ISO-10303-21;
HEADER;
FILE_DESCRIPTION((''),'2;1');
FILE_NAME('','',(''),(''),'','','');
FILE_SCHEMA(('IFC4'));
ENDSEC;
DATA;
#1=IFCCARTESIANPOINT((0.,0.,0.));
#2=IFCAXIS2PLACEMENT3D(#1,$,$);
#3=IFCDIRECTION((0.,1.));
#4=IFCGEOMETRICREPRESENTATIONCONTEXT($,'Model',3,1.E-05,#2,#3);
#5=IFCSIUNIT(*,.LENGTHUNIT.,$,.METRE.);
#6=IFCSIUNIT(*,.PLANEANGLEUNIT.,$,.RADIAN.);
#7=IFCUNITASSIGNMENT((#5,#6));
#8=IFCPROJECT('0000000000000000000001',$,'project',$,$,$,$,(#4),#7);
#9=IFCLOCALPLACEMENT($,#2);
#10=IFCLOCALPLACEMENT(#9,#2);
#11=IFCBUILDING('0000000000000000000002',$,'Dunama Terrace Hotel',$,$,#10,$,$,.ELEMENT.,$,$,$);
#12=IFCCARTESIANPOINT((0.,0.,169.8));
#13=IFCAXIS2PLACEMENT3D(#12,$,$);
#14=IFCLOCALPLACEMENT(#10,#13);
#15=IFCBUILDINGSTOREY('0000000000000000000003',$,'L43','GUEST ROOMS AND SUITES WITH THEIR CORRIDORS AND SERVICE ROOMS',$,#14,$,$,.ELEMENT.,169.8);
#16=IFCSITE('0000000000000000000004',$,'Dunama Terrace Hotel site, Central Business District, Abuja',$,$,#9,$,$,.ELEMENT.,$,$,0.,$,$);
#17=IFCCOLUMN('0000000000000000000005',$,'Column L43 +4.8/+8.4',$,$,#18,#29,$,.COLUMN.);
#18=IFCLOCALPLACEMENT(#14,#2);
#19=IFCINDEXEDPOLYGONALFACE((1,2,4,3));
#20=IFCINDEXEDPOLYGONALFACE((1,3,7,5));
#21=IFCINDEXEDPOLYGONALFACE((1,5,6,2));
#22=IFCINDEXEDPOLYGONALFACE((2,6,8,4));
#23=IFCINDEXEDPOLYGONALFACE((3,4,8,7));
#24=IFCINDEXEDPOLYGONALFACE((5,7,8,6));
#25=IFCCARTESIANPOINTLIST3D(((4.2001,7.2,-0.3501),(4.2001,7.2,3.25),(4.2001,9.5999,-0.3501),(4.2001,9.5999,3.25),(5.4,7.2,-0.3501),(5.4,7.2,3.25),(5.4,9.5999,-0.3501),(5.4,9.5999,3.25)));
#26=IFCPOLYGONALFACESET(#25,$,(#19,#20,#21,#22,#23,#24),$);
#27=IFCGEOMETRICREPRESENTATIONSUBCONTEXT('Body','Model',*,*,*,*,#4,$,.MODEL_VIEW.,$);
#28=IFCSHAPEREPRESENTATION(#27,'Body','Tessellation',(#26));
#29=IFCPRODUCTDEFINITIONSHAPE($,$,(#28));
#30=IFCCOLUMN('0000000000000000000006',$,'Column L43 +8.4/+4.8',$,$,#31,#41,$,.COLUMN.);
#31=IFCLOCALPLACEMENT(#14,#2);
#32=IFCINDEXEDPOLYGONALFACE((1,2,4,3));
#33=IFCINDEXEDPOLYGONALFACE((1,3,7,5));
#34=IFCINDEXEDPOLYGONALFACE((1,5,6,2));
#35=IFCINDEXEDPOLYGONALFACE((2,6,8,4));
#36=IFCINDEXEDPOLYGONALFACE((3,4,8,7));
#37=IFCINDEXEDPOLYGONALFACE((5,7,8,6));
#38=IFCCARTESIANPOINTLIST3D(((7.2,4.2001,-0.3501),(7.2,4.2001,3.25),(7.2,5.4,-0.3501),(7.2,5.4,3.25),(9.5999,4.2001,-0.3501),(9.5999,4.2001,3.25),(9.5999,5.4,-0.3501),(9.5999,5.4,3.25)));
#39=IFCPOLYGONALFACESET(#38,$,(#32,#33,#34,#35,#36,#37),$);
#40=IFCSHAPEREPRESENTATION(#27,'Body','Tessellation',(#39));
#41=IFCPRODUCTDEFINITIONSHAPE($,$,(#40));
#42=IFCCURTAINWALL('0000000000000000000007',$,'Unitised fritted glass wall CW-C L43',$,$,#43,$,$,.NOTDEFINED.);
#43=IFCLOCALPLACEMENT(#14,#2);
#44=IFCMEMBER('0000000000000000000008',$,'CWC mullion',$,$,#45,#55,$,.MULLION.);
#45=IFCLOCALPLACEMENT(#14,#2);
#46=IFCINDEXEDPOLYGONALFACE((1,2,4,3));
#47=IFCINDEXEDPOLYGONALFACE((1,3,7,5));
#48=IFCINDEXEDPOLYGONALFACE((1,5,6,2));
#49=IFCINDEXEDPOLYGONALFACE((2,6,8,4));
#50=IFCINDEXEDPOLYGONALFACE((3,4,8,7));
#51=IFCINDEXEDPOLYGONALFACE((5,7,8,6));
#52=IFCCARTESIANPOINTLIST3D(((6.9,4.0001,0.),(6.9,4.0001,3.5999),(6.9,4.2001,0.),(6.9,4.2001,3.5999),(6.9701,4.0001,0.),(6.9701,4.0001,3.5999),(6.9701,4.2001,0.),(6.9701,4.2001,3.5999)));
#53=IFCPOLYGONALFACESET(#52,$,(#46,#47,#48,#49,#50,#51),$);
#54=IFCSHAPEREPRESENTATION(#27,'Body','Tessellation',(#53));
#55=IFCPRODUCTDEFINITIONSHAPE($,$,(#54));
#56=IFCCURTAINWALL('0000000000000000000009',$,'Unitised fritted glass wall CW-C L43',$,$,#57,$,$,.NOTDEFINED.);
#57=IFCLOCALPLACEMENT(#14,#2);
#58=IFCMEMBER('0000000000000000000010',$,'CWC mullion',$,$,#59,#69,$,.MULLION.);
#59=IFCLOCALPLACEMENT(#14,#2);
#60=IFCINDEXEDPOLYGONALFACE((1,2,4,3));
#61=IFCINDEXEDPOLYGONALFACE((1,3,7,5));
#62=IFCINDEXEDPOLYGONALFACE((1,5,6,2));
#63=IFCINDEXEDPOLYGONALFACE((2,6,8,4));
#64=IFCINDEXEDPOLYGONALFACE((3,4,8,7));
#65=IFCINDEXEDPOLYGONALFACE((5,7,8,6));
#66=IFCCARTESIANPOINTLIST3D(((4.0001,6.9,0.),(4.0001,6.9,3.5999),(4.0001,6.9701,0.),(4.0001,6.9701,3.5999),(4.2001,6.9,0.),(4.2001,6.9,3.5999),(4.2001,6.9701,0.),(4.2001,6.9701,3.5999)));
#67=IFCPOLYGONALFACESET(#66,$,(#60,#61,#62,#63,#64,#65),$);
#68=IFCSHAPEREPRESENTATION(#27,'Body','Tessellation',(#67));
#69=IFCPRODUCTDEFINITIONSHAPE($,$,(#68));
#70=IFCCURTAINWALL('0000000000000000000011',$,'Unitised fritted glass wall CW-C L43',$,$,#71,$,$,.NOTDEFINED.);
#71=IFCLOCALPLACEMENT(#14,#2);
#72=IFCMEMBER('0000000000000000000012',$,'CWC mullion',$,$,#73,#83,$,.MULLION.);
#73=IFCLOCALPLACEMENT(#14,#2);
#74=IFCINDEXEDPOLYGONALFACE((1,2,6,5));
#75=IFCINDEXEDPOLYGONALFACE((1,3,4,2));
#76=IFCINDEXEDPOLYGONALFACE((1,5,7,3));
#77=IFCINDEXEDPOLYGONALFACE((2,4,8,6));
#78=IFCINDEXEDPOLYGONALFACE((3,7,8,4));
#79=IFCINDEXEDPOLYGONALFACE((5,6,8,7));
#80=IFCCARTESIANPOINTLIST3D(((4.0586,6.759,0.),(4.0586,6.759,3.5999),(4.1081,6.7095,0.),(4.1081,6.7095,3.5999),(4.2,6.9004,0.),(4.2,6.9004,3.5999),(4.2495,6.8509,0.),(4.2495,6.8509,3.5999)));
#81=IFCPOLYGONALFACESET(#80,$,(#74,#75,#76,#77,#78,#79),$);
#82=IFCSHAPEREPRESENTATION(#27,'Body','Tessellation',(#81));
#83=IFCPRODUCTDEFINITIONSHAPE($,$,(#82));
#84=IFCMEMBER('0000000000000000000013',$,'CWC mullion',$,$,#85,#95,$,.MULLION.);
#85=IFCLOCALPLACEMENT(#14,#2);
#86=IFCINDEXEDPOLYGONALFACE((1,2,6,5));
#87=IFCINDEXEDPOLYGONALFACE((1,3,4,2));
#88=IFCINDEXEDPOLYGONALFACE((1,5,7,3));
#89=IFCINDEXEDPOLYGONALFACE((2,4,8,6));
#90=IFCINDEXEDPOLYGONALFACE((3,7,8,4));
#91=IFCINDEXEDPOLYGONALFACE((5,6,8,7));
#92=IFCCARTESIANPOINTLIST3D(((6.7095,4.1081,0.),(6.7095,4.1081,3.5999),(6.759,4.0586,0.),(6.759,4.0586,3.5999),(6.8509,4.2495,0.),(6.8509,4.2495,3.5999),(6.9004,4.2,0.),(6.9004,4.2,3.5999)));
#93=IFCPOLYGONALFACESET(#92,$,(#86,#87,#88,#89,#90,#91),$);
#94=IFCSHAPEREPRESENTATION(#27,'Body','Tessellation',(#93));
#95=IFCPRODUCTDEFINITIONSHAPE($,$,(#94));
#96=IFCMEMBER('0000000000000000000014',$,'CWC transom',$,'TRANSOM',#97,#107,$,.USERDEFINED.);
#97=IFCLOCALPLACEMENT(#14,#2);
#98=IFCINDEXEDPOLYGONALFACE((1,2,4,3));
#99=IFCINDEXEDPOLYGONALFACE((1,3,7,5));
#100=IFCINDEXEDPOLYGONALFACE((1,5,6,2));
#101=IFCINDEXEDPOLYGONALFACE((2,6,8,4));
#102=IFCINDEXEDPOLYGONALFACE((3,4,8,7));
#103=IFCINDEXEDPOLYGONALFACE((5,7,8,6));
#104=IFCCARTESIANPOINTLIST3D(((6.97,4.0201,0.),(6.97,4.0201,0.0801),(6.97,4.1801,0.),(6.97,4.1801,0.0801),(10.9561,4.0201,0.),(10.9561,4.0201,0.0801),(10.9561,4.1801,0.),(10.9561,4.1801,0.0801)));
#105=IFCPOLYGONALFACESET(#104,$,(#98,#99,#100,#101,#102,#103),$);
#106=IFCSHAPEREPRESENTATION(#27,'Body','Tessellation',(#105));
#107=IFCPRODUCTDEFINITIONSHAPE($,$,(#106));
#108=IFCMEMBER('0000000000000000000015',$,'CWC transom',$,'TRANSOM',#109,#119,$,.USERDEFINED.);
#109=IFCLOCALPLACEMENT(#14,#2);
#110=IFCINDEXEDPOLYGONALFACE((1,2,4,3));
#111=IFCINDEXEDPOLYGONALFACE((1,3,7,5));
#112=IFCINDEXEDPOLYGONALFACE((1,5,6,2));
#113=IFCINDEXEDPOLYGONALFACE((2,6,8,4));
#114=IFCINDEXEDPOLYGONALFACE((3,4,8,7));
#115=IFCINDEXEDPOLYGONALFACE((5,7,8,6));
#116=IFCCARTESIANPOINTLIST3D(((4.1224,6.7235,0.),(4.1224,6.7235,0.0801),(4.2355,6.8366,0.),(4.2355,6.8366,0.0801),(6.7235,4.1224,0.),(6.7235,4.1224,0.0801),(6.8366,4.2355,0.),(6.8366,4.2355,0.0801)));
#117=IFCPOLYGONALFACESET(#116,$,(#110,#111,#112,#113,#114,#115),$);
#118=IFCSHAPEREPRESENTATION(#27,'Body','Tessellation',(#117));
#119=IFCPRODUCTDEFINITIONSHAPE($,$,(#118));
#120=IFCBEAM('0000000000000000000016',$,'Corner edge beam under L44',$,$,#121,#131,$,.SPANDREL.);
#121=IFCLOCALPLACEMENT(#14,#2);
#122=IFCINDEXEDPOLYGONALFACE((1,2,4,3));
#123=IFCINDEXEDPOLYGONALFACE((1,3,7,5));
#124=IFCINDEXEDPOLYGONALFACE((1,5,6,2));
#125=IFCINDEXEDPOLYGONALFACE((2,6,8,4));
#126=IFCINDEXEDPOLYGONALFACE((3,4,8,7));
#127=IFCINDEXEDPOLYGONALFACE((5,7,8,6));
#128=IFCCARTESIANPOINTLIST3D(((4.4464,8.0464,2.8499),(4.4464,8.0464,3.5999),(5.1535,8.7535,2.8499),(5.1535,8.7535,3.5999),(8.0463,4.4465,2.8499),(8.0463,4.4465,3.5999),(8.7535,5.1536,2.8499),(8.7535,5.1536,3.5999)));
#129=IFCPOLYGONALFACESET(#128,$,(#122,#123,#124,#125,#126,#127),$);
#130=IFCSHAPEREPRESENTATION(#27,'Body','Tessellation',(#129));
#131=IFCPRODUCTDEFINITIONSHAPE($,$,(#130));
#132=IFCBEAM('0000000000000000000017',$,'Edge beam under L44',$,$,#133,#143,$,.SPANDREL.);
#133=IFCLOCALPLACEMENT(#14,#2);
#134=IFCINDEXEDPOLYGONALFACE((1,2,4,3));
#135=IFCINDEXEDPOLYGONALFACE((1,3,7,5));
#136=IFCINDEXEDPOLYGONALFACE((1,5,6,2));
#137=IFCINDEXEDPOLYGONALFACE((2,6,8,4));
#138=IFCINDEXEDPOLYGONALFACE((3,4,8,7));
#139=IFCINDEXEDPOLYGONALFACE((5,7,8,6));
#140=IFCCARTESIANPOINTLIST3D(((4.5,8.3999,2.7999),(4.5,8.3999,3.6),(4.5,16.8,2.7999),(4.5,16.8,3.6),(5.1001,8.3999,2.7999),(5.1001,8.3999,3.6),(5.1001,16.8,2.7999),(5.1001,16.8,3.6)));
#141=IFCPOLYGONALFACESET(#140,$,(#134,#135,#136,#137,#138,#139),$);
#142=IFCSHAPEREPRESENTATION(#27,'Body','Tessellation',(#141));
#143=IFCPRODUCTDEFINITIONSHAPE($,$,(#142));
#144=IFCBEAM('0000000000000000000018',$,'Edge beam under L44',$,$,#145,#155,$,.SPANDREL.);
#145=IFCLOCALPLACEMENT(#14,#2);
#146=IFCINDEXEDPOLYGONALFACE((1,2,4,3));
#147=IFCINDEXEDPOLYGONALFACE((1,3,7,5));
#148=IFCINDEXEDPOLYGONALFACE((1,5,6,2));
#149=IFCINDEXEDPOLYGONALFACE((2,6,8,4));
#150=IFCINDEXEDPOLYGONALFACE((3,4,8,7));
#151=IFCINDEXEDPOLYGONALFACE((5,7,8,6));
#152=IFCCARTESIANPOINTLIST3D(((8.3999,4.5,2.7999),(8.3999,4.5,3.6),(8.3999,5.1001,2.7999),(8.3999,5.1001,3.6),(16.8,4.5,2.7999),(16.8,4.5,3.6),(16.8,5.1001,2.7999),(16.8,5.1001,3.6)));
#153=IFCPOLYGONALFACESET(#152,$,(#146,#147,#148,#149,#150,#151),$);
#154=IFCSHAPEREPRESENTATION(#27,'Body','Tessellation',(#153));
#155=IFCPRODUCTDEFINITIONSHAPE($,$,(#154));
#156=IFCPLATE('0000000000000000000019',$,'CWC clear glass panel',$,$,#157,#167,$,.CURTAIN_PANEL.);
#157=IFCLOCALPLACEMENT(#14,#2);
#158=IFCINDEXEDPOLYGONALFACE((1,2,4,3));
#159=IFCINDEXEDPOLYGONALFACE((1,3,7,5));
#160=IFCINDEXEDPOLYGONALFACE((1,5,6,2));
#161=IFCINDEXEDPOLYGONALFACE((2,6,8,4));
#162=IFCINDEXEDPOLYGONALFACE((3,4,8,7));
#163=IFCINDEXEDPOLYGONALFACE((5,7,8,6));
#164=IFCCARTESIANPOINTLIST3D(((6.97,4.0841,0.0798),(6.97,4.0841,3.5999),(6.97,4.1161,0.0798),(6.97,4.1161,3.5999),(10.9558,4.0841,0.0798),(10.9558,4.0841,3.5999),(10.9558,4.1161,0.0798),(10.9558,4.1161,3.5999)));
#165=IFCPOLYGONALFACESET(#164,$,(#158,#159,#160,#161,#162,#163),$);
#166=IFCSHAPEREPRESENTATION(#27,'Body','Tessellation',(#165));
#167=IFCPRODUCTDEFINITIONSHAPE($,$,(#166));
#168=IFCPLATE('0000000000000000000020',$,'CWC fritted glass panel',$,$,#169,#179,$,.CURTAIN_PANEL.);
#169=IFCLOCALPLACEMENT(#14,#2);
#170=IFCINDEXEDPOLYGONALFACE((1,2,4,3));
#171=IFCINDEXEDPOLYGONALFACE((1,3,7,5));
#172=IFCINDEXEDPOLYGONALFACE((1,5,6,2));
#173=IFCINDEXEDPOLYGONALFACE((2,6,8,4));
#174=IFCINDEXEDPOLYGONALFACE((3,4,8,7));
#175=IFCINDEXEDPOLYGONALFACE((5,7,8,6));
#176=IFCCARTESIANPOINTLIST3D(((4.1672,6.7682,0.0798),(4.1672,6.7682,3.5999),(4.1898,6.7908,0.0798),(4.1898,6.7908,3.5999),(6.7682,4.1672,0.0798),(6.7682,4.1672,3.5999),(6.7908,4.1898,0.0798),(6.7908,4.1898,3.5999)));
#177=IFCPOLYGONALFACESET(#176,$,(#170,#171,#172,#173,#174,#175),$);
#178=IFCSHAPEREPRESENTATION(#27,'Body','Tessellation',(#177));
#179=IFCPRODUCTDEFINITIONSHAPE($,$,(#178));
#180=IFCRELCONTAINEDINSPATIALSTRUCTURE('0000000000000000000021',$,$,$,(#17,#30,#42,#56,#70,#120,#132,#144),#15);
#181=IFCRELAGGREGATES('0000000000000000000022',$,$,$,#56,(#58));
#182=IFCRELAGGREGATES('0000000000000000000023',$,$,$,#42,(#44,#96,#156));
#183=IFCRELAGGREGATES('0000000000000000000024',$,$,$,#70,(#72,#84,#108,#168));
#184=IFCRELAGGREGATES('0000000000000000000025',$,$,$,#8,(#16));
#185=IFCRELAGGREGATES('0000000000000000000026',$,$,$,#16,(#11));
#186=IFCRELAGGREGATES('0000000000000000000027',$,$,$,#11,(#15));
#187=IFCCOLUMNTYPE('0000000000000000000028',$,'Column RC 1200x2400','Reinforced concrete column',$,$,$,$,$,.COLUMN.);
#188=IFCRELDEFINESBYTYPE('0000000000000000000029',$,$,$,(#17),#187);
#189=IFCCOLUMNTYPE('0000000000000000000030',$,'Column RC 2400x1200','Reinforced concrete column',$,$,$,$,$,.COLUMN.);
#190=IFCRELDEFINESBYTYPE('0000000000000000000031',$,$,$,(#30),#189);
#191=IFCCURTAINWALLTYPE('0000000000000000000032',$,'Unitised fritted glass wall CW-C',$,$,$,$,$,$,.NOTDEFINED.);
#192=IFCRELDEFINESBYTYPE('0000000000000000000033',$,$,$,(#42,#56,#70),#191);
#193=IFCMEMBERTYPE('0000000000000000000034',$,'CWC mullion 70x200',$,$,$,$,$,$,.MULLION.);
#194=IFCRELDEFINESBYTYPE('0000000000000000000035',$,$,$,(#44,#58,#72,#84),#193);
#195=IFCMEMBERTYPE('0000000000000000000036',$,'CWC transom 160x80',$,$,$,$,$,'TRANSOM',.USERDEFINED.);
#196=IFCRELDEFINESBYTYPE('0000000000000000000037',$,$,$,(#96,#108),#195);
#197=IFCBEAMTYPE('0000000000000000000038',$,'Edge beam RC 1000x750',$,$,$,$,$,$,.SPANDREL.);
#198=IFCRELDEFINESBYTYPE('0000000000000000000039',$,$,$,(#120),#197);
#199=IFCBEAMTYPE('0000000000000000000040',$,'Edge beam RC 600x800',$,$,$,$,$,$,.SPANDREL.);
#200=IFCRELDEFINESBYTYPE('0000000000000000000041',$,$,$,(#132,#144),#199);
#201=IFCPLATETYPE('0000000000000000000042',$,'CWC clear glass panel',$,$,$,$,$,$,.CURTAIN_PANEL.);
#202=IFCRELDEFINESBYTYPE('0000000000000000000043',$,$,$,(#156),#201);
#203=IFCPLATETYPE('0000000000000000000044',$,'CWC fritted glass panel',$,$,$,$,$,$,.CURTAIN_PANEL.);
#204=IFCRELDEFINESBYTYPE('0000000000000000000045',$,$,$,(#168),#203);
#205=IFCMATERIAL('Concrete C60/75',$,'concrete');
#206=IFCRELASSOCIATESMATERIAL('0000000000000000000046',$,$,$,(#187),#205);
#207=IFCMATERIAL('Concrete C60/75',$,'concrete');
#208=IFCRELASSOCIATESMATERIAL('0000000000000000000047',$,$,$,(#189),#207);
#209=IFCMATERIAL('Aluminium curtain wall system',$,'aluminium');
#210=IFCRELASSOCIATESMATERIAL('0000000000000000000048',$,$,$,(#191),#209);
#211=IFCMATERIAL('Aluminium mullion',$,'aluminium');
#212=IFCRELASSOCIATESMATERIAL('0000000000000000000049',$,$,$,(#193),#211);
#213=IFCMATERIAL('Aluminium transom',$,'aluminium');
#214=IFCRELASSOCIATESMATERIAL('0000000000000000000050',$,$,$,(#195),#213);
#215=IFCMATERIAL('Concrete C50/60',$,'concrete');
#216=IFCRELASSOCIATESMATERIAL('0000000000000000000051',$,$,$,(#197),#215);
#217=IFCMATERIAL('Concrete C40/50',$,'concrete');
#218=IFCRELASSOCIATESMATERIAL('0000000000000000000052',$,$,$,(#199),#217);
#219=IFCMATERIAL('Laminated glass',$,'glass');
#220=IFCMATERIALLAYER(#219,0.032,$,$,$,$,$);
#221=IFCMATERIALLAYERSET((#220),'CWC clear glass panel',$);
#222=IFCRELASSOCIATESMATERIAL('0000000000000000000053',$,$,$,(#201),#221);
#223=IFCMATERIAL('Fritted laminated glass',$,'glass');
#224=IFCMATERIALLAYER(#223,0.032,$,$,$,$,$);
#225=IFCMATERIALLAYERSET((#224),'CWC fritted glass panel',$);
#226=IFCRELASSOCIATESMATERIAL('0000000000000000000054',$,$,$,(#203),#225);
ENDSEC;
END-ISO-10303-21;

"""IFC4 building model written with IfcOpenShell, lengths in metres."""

from ifc_helpers import new_model, si_unit, direction, frame, origin, origin_2d, place, context, subcontext, project, spatial, rectangle, extrude, material, layer, layer_set, material_profile, profile_set, type_object, element, aggregate, save


model = new_model("IFC4")

# Units and contexts
model_context = context("Model", 3, precision=1e-05, world=origin(), true_north=direction((0.0, 1.0)))
body_context = subcontext(model_context, "Body", "Model", "MODEL_VIEW")
ifc_project = project(units=[si_unit("LENGTHUNIT", "METRE"), si_unit("PLANEANGLEUNIT", "RADIAN")], contexts=[model_context])

# Site, building, storey
site_placement = place(None, origin())
site = spatial("IfcSite", under=ifc_project, at=site_placement, Name="Dunama Terrace Hotel site, Central Business District, Abuja", CompositionType="ELEMENT", RefElevation=0.0)
building_placement = place(site_placement, origin())
building = spatial("IfcBuilding", under=site, at=building_placement, Name="Dunama Terrace Hotel", CompositionType="ELEMENT")
storey_placement = place(building_placement, frame((0.0, 0.0, 169.8)))
storey = spatial("IfcBuildingStorey", under=building, at=storey_placement, Name="L43", Description="GUEST ROOMS AND SUITES WITH THEIR CORRIDORS AND SERVICE ROOMS", CompositionType="ELEMENT", Elevation=169.8)

# Columns
ifc_material_1 = material(Name="Concrete C60/75", Category="concrete")
ifc_material_profile_1 = material_profile(ifc_material_1, rectangle(XDim=1.2, YDim=2.3999, at=origin_2d()), Name="RC 1200x2400")
ifc_profile_set_1 = profile_set([ifc_material_profile_1], Name="Concrete C60/75")
column_type_1 = type_object("IfcColumnType", Name="Column RC 1200x2400", Description="Reinforced concrete column", PredefinedType="COLUMN", material=ifc_profile_set_1)
column_1_placement = place(storey_placement, frame((4.8, 8.3999, -0.3501), z_axis=(0.0, 0.0, 1.0), x_axis=(1.0, 0.0, 0.0)))
element("IfcColumn", 1, at=column_1_placement, inside=storey, type_object=column_type_1, Name="Column L43 +4.8/+8.4", PredefinedType="COLUMN", context=body_context, shape_type="SweptSolid", body=[
    extrude(rectangle(XDim=1.2, YDim=2.3999, at=origin_2d()), origin(), (0.0, 0.0, 1.0), 3.6001),
])
ifc_material_2 = material(Name="Concrete C60/75", Category="concrete")
ifc_material_profile_2 = material_profile(ifc_material_2, rectangle(XDim=2.3999, YDim=1.2, at=origin_2d()), Name="RC 2400x1200")
ifc_profile_set_2 = profile_set([ifc_material_profile_2], Name="Concrete C60/75")
column_type_2 = type_object("IfcColumnType", Name="Column RC 2400x1200", Description="Reinforced concrete column", PredefinedType="COLUMN", material=ifc_profile_set_2)
column_2_placement = place(storey_placement, frame((8.3999, 4.8, -0.3501), z_axis=(0.0, 0.0, 1.0), x_axis=(1.0, 0.0, 0.0)))
element("IfcColumn", 2, at=column_2_placement, inside=storey, type_object=column_type_2, Name="Column L43 +8.4/+4.8", PredefinedType="COLUMN", context=body_context, shape_type="SweptSolid", body=[
    extrude(rectangle(XDim=2.3999, YDim=1.2, at=origin_2d()), origin(), (0.0, 0.0, 1.0), 3.6001),
])

# Curtain walls, members
ifc_material_3 = material(Name="Aluminium curtain wall system", Category="aluminium")
curtain_wall_type = type_object("IfcCurtainWallType", Name="Unitised fritted glass wall CW-C", PredefinedType="NOTDEFINED", material=ifc_material_3)
curtain_wall_1_placement = place(storey_placement, origin())
curtain_wall_1 = element("IfcCurtainWall", 3, at=curtain_wall_1_placement, inside=storey, type_object=curtain_wall_type, Name="Unitised fritted glass wall CW-C L43", PredefinedType="NOTDEFINED")
ifc_material_4 = material(Name="Aluminium mullion", Category="aluminium")
ifc_material_profile_3 = material_profile(ifc_material_4, rectangle(XDim=0.0701, YDim=0.2, at=origin_2d()), Name="CWC MULLION 70X200")
ifc_profile_set_3 = profile_set([ifc_material_profile_3], Name="Aluminium mullion")
member_type_1 = type_object("IfcMemberType", Name="CWC mullion 70x200", PredefinedType="MULLION", material=ifc_profile_set_3)
member_1_placement = place(storey_placement, frame((6.9351, 4.1001, 0.0), z_axis=(0.0, 0.0, 1.0), x_axis=(1.0, 0.0, 0.0)))
member_1 = element("IfcMember", 4, at=member_1_placement, type_object=member_type_1, Name="CWC mullion", PredefinedType="MULLION", context=body_context, shape_type="SweptSolid", body=[
    extrude(rectangle(XDim=0.0701, YDim=0.2, at=origin_2d()), origin(), (0.0, 0.0, 1.0), 3.5999),
])
curtain_wall_2_placement = place(storey_placement, origin())
curtain_wall_2 = element("IfcCurtainWall", 5, at=curtain_wall_2_placement, inside=storey, type_object=curtain_wall_type, Name="Unitised fritted glass wall CW-C L43", PredefinedType="NOTDEFINED")
member_2_placement = place(storey_placement, frame((4.1001, 6.9351, 0.0), z_axis=(0.0, 0.0, 1.0), x_axis=(0.0, -1.0, 0.0)))
member_2 = element("IfcMember", 6, at=member_2_placement, type_object=member_type_1, Name="CWC mullion", PredefinedType="MULLION", context=body_context, shape_type="SweptSolid", body=[
    extrude(rectangle(XDim=0.0701, YDim=0.2, at=origin_2d()), origin(), (0.0, 0.0, 1.0), 3.5999),
])
aggregate(curtain_wall_2, [member_2])

# Curtain wall, members
curtain_wall_3_placement = place(storey_placement, origin())
curtain_wall_3 = element("IfcCurtainWall", 7, at=curtain_wall_3_placement, inside=storey, type_object=curtain_wall_type, Name="Unitised fritted glass wall CW-C L43", PredefinedType="NOTDEFINED")
member_3_placement = place(storey_placement, frame((4.1541, 6.8049, 0.0), z_axis=(0.0, 0.0, 1.0), x_axis=(0.707107, -0.707107, 0.0)))
member_3 = element("IfcMember", 8, at=member_3_placement, type_object=member_type_1, Name="CWC mullion", PredefinedType="MULLION", context=body_context, shape_type="SweptSolid", body=[
    extrude(rectangle(XDim=0.0701, YDim=0.2, at=origin_2d()), origin(), (0.0, 0.0, 1.0), 3.5999),
])
member_4_placement = place(storey_placement, frame((6.8049, 4.1541, 0.0), z_axis=(0.0, 0.0, 1.0), x_axis=(0.707107, -0.707107, 0.0)))
member_4 = element("IfcMember", 9, at=member_4_placement, type_object=member_type_1, Name="CWC mullion", PredefinedType="MULLION", context=body_context, shape_type="SweptSolid", body=[
    extrude(rectangle(XDim=0.0701, YDim=0.2, at=origin_2d()), origin(), (0.0, 0.0, 1.0), 3.5999),
])

# Members
ifc_material_5 = material(Name="Aluminium transom", Category="aluminium")
ifc_material_profile_4 = material_profile(ifc_material_5, rectangle(XDim=0.1599, YDim=0.0801, at=origin_2d()), Name="CWC TRANSOM 160X80")
ifc_profile_set_4 = profile_set([ifc_material_profile_4], Name="Aluminium transom")
member_type_2 = type_object("IfcMemberType", Name="CWC transom 160x80", ElementType="TRANSOM", PredefinedType="USERDEFINED", material=ifc_profile_set_4)
member_5_placement = place(storey_placement, frame((6.97, 4.1001, 0.04), z_axis=(1.0, 0.0, 0.0), x_axis=(0.0, 1.0, 0.0)))
member_5 = element("IfcMember", 10, at=member_5_placement, type_object=member_type_2, Name="CWC transom", ObjectType="TRANSOM", PredefinedType="USERDEFINED", context=body_context, shape_type="SweptSolid", body=[
    extrude(rectangle(XDim=0.1599, YDim=0.0801, at=origin_2d()), origin(), (0.0, 0.0, 1.0), 3.9861),
])
member_6_placement = place(storey_placement, frame((4.179, 6.78, 0.04), z_axis=(0.707107, -0.707107, 0.0), x_axis=(0.707107, 0.707107, 0.0)))
member_6 = element("IfcMember", 11, at=member_6_placement, type_object=member_type_2, Name="CWC transom", ObjectType="TRANSOM", PredefinedType="USERDEFINED", context=body_context, shape_type="SweptSolid", body=[
    extrude(rectangle(XDim=0.1599, YDim=0.0801, at=origin_2d()), origin(), (0.0, 0.0, 1.0), 3.6785),
])

# Beams
ifc_material_6 = material(Name="Concrete C50/60", Category="concrete")
ifc_material_profile_5 = material_profile(ifc_material_6, rectangle(XDim=1.0, YDim=0.75, at=origin_2d()), Name="RC 1000x750")
ifc_profile_set_5 = profile_set([ifc_material_profile_5], Name="Concrete C50/60")
beam_type_1 = type_object("IfcBeamType", Name="Edge beam RC 1000x750", PredefinedType="SPANDREL", material=ifc_profile_set_5)
beam_placement = place(storey_placement, frame((8.3999, 4.8, 3.2249), z_axis=(-0.707107, 0.707107, 0.0), x_axis=(-0.707107, -0.707107, 0.0)))
element("IfcBeam", 12, at=beam_placement, inside=storey, type_object=beam_type_1, Name="Corner edge beam under L44", PredefinedType="SPANDREL", context=body_context, shape_type="SweptSolid", body=[
    extrude(rectangle(XDim=1.0, YDim=0.75, at=origin_2d()), origin(), (0.0, 0.0, 1.0), 5.0911),
])
ifc_material_7 = material(Name="Concrete C40/50", Category="concrete")
ifc_material_profile_6 = material_profile(ifc_material_7, rectangle(XDim=0.6001, YDim=0.8, at=origin_2d()), Name="RC 600x800")
ifc_profile_set_6 = profile_set([ifc_material_profile_6], Name="Concrete C40/50")
beam_type_2 = type_object("IfcBeamType", Name="Edge beam RC 600x800", PredefinedType="SPANDREL", material=ifc_profile_set_6)
for number, where, z_axis, x_axis, name in (
    (13, (4.8, 8.3999, 3.2), (0.0, 1.0, 0.0), (-1.0, 0.0, 0.0), "Edge beam under L44"),
    (14, (8.3999, 4.8, 3.2), (1.0, 0.0, 0.0), (0.0, 1.0, 0.0), "Edge beam under L44"),
):
    element("IfcBeam", number, at=place(storey_placement, frame(where, z_axis=z_axis, x_axis=x_axis)), inside=storey, type_object=beam_type_2, Name=name, PredefinedType="SPANDREL", context=body_context, shape_type="SweptSolid", body=[
        extrude(rectangle(XDim=0.6001, YDim=0.8, at=origin_2d()), origin(), (0.0, 0.0, 1.0), 8.4001),
    ])

# Plates
ifc_material_8 = material(Name="Laminated glass", Category="glass")
ifc_layer_1 = layer(ifc_material_8, 0.032)
ifc_layer_set_1 = layer_set([ifc_layer_1], Name="CWC clear glass panel")
plate_type_1 = type_object("IfcPlateType", Name="CWC clear glass panel", PredefinedType="CURTAIN_PANEL", material=ifc_layer_set_1)
plate_1_placement = place(storey_placement, frame((8.9629, 4.1001, 0.0798), z_axis=(0.0, 0.0, 1.0), x_axis=(1.0, 0.0, 0.0)))
plate_1 = element("IfcPlate", 15, at=plate_1_placement, type_object=plate_type_1, Name="CWC clear glass panel", PredefinedType="CURTAIN_PANEL", context=body_context, shape_type="SweptSolid", body=[
    extrude(rectangle(XDim=3.9858, YDim=0.032, at=origin_2d()), origin(), (0.0, 0.0, 1.0), 3.52),
])
aggregate(curtain_wall_1, [member_1, member_5, plate_1])
ifc_material_9 = material(Name="Fritted laminated glass", Category="glass")
ifc_layer_2 = layer(ifc_material_9, 0.032)
ifc_layer_set_2 = layer_set([ifc_layer_2], Name="CWC fritted glass panel")
plate_type_2 = type_object("IfcPlateType", Name="CWC fritted glass panel", PredefinedType="CURTAIN_PANEL", material=ifc_layer_set_2)
plate_2_placement = place(storey_placement, frame((5.479, 5.479, 0.0798), z_axis=(0.0, 0.0, 1.0), x_axis=(0.707107, -0.707107, 0.0)))
plate_2 = element("IfcPlate", 16, at=plate_2_placement, type_object=plate_type_2, Name="CWC fritted glass panel", PredefinedType="CURTAIN_PANEL", context=body_context, shape_type="SweptSolid", body=[
    extrude(rectangle(XDim=3.6785, YDim=0.032, at=origin_2d()), origin(), (0.0, 0.0, 1.0), 3.52),
])
aggregate(curtain_wall_3, [member_3, member_4, member_6, plate_2])

save(model, "model.ifc")
